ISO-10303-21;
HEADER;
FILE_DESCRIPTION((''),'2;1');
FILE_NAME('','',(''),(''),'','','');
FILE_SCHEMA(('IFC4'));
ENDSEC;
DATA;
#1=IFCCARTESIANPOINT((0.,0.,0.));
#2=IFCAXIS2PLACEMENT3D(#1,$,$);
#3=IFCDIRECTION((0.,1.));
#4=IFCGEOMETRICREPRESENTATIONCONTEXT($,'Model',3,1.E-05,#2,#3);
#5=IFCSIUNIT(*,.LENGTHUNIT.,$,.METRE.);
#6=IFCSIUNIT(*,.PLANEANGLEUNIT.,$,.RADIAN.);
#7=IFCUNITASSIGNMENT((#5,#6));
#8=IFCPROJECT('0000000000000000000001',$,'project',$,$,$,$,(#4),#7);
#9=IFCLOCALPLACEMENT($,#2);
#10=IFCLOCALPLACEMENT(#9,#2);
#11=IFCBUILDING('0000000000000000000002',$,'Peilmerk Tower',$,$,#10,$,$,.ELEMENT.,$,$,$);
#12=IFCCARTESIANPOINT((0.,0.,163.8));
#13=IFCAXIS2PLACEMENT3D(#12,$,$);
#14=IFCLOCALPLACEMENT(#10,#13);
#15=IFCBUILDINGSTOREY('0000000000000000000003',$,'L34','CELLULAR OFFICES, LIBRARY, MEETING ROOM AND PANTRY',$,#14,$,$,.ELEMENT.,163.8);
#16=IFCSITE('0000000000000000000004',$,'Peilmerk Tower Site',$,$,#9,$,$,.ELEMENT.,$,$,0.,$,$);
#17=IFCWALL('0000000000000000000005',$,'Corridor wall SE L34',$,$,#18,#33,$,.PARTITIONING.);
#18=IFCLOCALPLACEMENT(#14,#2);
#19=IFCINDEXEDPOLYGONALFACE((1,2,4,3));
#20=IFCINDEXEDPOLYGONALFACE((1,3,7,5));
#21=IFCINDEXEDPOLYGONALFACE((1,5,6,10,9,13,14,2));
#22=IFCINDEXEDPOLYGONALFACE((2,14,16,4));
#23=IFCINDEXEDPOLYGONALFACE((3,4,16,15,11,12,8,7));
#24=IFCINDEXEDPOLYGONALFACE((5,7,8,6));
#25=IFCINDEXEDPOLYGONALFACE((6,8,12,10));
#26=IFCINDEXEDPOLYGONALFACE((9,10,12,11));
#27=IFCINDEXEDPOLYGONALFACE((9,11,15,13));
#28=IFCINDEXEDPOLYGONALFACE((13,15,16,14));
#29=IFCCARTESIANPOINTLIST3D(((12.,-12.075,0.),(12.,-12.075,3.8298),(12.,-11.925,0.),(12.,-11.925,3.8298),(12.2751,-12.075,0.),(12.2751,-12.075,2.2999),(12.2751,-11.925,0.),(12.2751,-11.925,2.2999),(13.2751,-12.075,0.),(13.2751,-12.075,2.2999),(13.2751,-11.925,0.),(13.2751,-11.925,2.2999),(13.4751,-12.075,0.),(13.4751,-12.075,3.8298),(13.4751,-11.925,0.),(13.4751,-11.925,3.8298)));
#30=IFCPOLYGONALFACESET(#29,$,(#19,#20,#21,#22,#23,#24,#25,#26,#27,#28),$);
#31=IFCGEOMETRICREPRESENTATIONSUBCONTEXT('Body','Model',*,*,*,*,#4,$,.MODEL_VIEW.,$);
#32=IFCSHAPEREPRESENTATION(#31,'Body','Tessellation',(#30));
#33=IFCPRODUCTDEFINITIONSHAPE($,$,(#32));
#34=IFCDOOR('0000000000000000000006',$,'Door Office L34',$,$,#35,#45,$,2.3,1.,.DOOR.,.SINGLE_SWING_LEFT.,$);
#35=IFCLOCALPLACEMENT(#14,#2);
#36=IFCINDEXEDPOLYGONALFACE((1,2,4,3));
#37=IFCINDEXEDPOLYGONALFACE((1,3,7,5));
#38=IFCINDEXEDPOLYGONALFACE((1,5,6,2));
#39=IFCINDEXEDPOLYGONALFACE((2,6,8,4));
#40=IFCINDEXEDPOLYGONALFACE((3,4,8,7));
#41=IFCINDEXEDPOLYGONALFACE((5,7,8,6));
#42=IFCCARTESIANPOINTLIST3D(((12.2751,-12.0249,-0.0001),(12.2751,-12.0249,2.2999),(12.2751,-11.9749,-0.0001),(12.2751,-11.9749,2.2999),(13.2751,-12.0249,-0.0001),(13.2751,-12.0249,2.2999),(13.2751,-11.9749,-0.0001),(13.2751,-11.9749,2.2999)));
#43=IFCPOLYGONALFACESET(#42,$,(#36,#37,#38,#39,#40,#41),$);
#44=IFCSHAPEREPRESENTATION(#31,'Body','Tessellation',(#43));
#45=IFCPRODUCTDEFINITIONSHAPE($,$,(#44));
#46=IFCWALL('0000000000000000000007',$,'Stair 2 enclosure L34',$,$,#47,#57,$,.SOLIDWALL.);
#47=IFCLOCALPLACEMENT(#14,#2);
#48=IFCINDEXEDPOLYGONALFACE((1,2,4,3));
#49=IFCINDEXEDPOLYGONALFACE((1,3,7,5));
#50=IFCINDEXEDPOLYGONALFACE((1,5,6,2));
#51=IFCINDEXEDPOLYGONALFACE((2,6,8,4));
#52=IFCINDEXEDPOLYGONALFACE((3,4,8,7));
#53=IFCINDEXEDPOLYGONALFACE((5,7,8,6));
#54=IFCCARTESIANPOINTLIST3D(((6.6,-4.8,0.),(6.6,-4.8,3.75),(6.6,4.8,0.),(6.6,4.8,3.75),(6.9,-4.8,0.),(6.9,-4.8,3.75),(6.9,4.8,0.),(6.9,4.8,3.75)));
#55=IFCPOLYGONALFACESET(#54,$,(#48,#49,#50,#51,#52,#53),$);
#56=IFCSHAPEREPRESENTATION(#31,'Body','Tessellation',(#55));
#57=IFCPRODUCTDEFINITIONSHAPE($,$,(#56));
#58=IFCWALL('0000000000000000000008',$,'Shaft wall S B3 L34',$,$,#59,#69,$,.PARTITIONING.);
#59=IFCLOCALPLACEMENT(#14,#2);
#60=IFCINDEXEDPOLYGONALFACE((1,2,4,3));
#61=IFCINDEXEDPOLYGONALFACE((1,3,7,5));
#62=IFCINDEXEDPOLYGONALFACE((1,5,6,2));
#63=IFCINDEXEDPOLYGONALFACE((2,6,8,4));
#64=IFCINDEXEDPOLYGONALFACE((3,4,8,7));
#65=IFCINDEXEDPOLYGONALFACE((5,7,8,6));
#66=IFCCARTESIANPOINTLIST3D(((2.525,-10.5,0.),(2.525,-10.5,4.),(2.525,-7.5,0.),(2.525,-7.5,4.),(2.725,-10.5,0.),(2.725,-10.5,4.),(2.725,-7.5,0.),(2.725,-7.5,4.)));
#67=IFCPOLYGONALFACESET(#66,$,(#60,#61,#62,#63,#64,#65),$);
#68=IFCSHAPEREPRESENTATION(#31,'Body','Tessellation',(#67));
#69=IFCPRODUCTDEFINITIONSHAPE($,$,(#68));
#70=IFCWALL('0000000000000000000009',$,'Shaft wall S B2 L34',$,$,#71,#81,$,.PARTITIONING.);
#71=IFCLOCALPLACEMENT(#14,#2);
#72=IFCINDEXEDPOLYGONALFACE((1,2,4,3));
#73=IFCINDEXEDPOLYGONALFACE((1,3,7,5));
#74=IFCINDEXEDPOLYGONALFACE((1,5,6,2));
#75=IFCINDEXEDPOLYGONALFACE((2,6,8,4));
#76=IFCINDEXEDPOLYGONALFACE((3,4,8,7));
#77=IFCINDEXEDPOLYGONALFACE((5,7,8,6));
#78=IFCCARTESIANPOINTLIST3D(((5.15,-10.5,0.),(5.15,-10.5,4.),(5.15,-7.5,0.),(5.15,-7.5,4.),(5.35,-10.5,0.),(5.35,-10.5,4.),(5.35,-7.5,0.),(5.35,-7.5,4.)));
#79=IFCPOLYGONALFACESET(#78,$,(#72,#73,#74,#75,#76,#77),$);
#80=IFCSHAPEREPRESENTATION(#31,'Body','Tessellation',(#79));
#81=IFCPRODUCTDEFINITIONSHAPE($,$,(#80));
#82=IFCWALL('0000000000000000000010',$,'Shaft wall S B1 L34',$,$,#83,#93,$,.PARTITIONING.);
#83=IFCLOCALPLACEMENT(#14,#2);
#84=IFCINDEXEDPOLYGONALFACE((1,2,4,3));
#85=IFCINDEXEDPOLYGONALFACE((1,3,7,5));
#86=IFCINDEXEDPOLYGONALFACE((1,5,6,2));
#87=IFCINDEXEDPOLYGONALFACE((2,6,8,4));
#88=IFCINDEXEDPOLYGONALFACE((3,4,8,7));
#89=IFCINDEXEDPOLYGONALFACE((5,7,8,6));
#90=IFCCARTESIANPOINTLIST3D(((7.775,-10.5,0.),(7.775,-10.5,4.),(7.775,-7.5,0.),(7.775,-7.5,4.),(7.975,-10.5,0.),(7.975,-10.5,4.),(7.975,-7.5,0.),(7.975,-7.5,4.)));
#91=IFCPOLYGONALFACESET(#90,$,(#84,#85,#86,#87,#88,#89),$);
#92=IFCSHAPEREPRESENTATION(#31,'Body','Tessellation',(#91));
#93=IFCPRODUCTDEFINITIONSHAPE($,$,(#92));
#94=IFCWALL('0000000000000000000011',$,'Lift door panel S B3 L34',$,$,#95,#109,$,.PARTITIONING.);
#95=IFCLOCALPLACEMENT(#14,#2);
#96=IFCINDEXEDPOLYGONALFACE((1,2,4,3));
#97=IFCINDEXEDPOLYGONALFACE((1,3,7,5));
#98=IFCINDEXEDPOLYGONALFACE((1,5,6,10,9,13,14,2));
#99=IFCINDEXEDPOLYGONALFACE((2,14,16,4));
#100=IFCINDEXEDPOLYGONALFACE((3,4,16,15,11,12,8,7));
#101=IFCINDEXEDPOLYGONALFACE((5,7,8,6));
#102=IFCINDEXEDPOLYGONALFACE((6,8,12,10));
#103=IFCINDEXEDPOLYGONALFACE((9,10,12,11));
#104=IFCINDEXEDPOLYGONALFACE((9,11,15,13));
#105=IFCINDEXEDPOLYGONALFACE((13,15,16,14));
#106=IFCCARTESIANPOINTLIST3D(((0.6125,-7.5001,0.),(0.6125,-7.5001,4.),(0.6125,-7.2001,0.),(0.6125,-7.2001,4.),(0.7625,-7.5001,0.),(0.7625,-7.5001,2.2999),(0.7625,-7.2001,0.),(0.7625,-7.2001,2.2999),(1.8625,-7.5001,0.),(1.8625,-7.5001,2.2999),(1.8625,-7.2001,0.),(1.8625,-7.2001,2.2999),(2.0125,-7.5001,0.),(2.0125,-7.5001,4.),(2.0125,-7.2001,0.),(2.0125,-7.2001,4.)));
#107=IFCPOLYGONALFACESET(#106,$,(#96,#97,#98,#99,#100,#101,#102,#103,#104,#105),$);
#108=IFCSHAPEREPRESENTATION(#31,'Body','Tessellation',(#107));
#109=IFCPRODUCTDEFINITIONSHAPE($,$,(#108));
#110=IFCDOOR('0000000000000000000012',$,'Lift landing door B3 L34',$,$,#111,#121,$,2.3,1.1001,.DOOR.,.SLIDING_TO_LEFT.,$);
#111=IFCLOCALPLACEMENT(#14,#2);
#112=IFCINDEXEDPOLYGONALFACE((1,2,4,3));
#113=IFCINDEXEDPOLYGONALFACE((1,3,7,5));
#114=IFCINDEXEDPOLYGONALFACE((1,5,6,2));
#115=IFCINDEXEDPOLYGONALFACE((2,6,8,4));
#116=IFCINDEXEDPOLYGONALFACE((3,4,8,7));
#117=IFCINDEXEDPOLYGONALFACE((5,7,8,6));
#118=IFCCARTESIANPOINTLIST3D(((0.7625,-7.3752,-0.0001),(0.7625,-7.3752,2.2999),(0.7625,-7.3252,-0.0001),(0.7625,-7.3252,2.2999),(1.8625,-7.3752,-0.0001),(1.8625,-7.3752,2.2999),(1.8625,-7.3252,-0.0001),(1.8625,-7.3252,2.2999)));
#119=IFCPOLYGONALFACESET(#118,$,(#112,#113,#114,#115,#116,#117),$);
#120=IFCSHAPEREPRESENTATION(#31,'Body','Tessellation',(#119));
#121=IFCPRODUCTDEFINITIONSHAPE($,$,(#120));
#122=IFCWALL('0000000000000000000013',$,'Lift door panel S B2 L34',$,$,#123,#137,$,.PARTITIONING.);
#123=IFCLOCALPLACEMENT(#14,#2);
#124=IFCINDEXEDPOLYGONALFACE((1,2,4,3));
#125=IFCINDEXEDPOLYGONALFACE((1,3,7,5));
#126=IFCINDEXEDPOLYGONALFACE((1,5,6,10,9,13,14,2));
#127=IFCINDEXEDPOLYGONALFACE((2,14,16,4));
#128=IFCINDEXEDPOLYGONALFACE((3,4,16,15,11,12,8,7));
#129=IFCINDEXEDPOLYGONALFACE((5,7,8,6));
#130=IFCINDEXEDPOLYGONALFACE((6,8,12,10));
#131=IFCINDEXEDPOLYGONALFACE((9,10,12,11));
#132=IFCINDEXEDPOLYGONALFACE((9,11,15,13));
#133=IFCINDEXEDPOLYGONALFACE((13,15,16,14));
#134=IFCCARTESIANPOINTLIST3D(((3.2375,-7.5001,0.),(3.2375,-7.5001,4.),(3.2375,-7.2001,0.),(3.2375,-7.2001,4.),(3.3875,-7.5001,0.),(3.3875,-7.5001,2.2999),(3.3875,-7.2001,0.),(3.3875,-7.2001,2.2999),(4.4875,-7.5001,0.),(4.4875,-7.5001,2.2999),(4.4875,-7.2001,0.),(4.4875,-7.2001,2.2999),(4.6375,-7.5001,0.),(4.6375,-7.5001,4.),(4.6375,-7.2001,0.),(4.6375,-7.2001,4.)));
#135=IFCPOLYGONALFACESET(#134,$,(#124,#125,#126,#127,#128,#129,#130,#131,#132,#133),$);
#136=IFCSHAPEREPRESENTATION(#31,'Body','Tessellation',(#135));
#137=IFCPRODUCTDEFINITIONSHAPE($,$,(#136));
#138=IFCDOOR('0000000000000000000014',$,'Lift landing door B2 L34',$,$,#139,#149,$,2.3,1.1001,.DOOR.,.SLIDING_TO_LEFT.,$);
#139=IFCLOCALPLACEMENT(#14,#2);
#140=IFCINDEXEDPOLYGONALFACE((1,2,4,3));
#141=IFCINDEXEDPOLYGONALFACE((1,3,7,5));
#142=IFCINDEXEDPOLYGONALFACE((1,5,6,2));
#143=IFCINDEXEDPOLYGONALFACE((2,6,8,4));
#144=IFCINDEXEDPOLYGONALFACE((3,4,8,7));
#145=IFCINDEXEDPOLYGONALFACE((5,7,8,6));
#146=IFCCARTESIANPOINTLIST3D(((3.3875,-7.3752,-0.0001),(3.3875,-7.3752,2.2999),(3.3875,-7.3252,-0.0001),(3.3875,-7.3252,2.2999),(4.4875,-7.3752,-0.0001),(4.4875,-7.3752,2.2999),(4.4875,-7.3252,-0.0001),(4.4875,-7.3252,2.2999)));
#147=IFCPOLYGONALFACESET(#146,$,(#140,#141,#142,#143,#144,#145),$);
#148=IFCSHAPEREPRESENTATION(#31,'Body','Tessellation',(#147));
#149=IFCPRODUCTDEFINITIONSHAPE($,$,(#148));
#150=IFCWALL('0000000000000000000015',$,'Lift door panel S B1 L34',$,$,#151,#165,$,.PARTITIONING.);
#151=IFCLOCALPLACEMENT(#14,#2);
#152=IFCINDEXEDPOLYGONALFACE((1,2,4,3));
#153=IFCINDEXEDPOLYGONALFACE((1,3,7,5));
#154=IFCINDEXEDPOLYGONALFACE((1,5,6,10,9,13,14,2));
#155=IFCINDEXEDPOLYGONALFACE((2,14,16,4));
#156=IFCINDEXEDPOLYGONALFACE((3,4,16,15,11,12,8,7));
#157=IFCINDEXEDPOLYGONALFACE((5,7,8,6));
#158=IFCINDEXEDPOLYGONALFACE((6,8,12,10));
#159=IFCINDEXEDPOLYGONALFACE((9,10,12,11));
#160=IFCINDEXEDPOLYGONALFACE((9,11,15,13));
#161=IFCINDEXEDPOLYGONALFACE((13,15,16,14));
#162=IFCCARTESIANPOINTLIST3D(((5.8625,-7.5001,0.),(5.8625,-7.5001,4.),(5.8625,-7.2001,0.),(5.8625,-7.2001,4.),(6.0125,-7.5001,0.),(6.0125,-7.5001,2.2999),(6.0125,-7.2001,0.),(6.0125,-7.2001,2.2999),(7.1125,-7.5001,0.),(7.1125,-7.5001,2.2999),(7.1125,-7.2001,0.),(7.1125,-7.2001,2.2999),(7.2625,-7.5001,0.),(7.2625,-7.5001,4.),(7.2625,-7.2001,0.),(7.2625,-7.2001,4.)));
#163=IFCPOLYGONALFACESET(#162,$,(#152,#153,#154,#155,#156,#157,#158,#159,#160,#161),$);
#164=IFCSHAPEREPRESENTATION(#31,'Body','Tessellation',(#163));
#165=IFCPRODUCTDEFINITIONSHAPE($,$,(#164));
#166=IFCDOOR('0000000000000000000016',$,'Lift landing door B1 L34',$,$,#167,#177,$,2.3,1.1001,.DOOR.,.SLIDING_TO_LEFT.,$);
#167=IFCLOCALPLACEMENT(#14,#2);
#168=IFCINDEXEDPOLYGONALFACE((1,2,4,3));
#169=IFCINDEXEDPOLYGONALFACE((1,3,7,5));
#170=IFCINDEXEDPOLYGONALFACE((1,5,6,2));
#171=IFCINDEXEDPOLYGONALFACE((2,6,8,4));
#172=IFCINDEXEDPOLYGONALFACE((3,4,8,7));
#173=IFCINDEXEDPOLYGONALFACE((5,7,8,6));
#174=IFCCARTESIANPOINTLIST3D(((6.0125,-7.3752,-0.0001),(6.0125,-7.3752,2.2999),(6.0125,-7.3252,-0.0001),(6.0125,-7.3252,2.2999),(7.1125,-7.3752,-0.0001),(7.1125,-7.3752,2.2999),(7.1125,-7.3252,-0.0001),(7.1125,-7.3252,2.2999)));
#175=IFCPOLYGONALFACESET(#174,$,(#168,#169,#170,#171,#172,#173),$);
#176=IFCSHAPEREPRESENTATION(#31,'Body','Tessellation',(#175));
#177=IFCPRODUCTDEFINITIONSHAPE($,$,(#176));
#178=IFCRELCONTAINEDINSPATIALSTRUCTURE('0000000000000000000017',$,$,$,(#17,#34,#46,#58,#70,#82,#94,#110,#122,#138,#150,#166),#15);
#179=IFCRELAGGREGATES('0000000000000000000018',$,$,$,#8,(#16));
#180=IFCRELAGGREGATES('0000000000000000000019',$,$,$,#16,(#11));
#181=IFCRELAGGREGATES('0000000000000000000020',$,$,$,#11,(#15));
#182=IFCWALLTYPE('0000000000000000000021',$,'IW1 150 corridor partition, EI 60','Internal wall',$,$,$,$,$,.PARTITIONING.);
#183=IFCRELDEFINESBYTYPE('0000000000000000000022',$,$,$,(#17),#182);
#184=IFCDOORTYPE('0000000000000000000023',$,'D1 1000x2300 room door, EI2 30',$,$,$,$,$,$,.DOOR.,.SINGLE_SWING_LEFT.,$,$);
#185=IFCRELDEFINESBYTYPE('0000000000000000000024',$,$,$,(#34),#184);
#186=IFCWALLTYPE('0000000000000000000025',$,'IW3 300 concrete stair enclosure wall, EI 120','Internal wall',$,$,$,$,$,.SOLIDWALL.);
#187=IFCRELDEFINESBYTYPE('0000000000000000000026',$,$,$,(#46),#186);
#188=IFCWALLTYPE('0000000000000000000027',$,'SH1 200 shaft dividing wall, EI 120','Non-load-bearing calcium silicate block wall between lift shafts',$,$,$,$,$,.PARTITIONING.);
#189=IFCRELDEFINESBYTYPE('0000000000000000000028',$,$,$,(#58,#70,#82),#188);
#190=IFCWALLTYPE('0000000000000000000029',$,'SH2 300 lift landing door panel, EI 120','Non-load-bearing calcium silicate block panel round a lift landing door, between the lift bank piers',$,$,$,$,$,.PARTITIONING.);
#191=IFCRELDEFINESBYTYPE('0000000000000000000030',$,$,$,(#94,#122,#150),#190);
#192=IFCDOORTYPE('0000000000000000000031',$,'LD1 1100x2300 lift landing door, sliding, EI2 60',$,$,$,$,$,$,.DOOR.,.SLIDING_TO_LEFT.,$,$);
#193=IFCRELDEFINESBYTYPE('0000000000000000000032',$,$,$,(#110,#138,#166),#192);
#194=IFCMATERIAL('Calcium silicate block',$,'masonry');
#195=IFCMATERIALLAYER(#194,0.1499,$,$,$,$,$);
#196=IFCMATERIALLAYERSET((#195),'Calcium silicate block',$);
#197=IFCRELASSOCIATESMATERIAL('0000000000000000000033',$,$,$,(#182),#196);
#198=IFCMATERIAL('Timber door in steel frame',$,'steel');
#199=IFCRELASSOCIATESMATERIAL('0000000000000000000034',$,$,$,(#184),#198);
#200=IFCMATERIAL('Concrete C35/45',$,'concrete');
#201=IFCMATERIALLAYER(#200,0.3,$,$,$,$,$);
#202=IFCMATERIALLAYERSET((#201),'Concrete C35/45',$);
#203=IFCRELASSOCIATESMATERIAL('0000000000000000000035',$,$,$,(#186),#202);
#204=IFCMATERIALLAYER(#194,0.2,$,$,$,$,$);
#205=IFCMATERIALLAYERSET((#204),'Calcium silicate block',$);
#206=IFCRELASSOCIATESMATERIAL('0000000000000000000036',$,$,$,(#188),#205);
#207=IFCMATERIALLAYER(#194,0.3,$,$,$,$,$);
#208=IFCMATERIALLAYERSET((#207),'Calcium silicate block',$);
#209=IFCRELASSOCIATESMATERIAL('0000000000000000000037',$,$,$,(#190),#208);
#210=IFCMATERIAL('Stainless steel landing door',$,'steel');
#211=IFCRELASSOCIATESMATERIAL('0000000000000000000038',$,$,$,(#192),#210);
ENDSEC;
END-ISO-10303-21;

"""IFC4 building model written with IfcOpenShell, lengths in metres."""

from ifc_helpers import new_model, si_unit, direction, frame, frame_2d, origin, place, context, subcontext, project, spatial, rectangle, extrude, material, layer, layer_set, type_object, element, fill, save


model = new_model("IFC4")

# Units and contexts
model_context = context("Model", 3, precision=1e-05, world=origin(), true_north=direction((0.0, 1.0)))
body_context = subcontext(model_context, "Body", "Model", "MODEL_VIEW")
ifc_project = project(units=[si_unit("LENGTHUNIT", "METRE"), si_unit("PLANEANGLEUNIT", "RADIAN")], contexts=[model_context])

# Site, building, storey
site_placement = place(None, origin())
site = spatial("IfcSite", under=ifc_project, at=site_placement, Name="Peilmerk Tower Site", CompositionType="ELEMENT", RefElevation=0.0)
building_placement = place(site_placement, origin())
building = spatial("IfcBuilding", under=site, at=building_placement, Name="Peilmerk Tower", CompositionType="ELEMENT")
storey_placement = place(building_placement, frame((0.0, 0.0, 163.8)))
storey = spatial("IfcBuildingStorey", under=building, at=storey_placement, Name="L34", Description="CELLULAR OFFICES, LIBRARY, MEETING ROOM AND PANTRY", CompositionType="ELEMENT", Elevation=163.8)

# Wall, opening, door
ifc_material_1 = material(Name="Calcium silicate block", Category="masonry")
ifc_layer_1 = layer(ifc_material_1, 0.1499)
ifc_layer_set_1 = layer_set([ifc_layer_1], Name="Calcium silicate block")
wall_type_1 = type_object("IfcWallType", Name="IW1 150 corridor partition, EI 60", Description="Internal wall", PredefinedType="PARTITIONING", material=ifc_layer_set_1)
wall_1_placement = place(storey_placement, frame((13.4751, -12.0, 0.0), z_axis=(0.0, 0.0, 1.0), x_axis=(-1.0, 0.0, 0.0)))
wall_1 = element("IfcWall", 1, at=wall_1_placement, inside=storey, type_object=wall_type_1, Name="Corridor wall SE L34", PredefinedType="PARTITIONING", context=body_context, shape_type="SweptSolid", body=[
    extrude(rectangle(XDim=1.4751, YDim=0.1499, at=frame_2d((0.7375, 0.0))), origin(), (0.0, 0.0, 1.0), 3.8298),
])
opening_1_placement = place(wall_1_placement, frame((0.2, 0.0, 0.0)))
opening_1 = element("IfcOpeningElement", 2, at=opening_1_placement, cuts=wall_1, PredefinedType="OPENING", context=body_context, shape_type="SweptSolid", body=[
    extrude(rectangle(XDim=1.0, YDim=2.3, at=frame_2d((0.5, 1.1499))), frame((0.0, 0.085, 0.0), z_axis=(0.0, -1.0, 0.0), x_axis=(1.0, 0.0, 0.0)), (0.0, 0.0, 1.0), 0.1699),
])
ifc_material_2 = material(Name="Timber door in steel frame", Category="steel")
door_type_1 = type_object("IfcDoorType", Name="D1 1000x2300 room door, EI2 30", OperationType="SINGLE_SWING_LEFT", PredefinedType="DOOR", material=ifc_material_2)
door_1_placement = place(opening_1_placement, origin())
door_1 = element("IfcDoor", 3, at=door_1_placement, inside=storey, type_object=door_type_1, Name="Door Office L34", OperationType="SINGLE_SWING_LEFT", OverallHeight=2.3, OverallWidth=1.0, PredefinedType="DOOR", context=body_context, shape_type="SweptSolid", body=[
    extrude(rectangle(XDim=1.0, YDim=2.3, at=frame_2d((0.5, 1.1499))), frame((0.0, 0.0249, 0.0), z_axis=(0.0, -1.0, 0.0), x_axis=(1.0, 0.0, 0.0)), (0.0, 0.0, 1.0), 0.05),
])
fill(opening_1, door_1)

# Walls
ifc_material_3 = material(Name="Concrete C35/45", Category="concrete")
ifc_layer_2 = layer(ifc_material_3, 0.3)
ifc_layer_set_2 = layer_set([ifc_layer_2], Name="Concrete C35/45")
wall_type_2 = type_object("IfcWallType", Name="IW3 300 concrete stair enclosure wall, EI 120", Description="Internal wall", PredefinedType="SOLIDWALL", material=ifc_layer_set_2)
wall_2_placement = place(storey_placement, frame((6.75, -4.8, 0.0), z_axis=(0.0, 0.0, 1.0), x_axis=(0.0, 1.0, 0.0)))
element("IfcWall", 4, at=wall_2_placement, inside=storey, type_object=wall_type_2, Name="Stair 2 enclosure L34", PredefinedType="SOLIDWALL", context=body_context, shape_type="SweptSolid", body=[
    extrude(rectangle(XDim=9.6001, YDim=0.3, at=frame_2d((4.8, 0.0))), origin(), (0.0, 0.0, 1.0), 3.75),
])
ifc_layer_3 = layer(ifc_material_1, 0.2)
ifc_layer_set_3 = layer_set([ifc_layer_3], Name="Calcium silicate block")
wall_type_3 = type_object("IfcWallType", Name="SH1 200 shaft dividing wall, EI 120", Description="Non-load-bearing calcium silicate block wall between lift shafts", PredefinedType="PARTITIONING", material=ifc_layer_set_3)
for number, where, z_axis, x_axis, name in (
    (5, (2.625, -10.5, 0.0), (0.0, 0.0, 1.0), (0.0, 1.0, 0.0), "Shaft wall S B3 L34"),
    (6, (5.25, -10.5, 0.0), (0.0, 0.0, 1.0), (0.0, 1.0, 0.0), "Shaft wall S B2 L34"),
    (7, (7.875, -10.5, 0.0), (0.0, 0.0, 1.0), (0.0, 1.0, 0.0), "Shaft wall S B1 L34"),
):
    element("IfcWall", number, at=place(storey_placement, frame(where, z_axis=z_axis, x_axis=x_axis)), inside=storey, type_object=wall_type_3, Name=name, PredefinedType="PARTITIONING", context=body_context, shape_type="SweptSolid", body=[
        extrude(rectangle(XDim=3.0, YDim=0.2, at=frame_2d((1.5, 0.0))), origin(), (0.0, 0.0, 1.0), 4.0),
    ])

# Walls, openings, doors
ifc_layer_4 = layer(ifc_material_1, 0.3)
ifc_layer_set_4 = layer_set([ifc_layer_4], Name="Calcium silicate block")
wall_type_4 = type_object("IfcWallType", Name="SH2 300 lift landing door panel, EI 120", Description="Non-load-bearing calcium silicate block panel round a lift landing door, between the lift bank piers", PredefinedType="PARTITIONING", material=ifc_layer_set_4)
wall_3_placement = place(storey_placement, frame((0.6125, -7.3501, 0.0), z_axis=(0.0, 0.0, 1.0), x_axis=(1.0, 0.0, 0.0)))
wall_3 = element("IfcWall", 8, at=wall_3_placement, inside=storey, type_object=wall_type_4, Name="Lift door panel S B3 L34", PredefinedType="PARTITIONING", context=body_context, shape_type="SweptSolid", body=[
    extrude(rectangle(XDim=1.3999, YDim=0.3, at=frame_2d((0.7, 0.0))), origin(), (0.0, 0.0, 1.0), 4.0),
])
opening_2_placement = place(wall_3_placement, frame((0.1499, 0.0, 0.0)))
opening_2 = element("IfcOpeningElement", 9, at=opening_2_placement, cuts=wall_3, PredefinedType="OPENING", context=body_context, shape_type="SweptSolid", body=[
    extrude(rectangle(XDim=1.1001, YDim=2.3, at=frame_2d((0.55, 1.1499))), frame((0.0, 0.1599, 0.0), z_axis=(0.0, -1.0, 0.0), x_axis=(1.0, 0.0, 0.0)), (0.0, 0.0, 1.0), 0.3201),
])
ifc_material_4 = material(Name="Stainless steel landing door", Category="steel")
door_type_2 = type_object("IfcDoorType", Name="LD1 1100x2300 lift landing door, sliding, EI2 60", OperationType="SLIDING_TO_LEFT", PredefinedType="DOOR", material=ifc_material_4)
door_2_placement = place(opening_2_placement, origin())
door_2 = element("IfcDoor", 10, at=door_2_placement, inside=storey, type_object=door_type_2, Name="Lift landing door B3 L34", OperationType="SLIDING_TO_LEFT", OverallHeight=2.3, OverallWidth=1.1001, PredefinedType="DOOR", context=body_context, shape_type="SweptSolid", body=[
    extrude(rectangle(XDim=1.1001, YDim=2.3, at=frame_2d((0.55, 1.1499))), frame((0.0, 0.0249, 0.0), z_axis=(0.0, -1.0, 0.0), x_axis=(1.0, 0.0, 0.0)), (0.0, 0.0, 1.0), 0.05),
])
fill(opening_2, door_2)
wall_4_placement = place(storey_placement, frame((3.2375, -7.3501, 0.0), z_axis=(0.0, 0.0, 1.0), x_axis=(1.0, 0.0, 0.0)))
wall_4 = element("IfcWall", 11, at=wall_4_placement, inside=storey, type_object=wall_type_4, Name="Lift door panel S B2 L34", PredefinedType="PARTITIONING", context=body_context, shape_type="SweptSolid", body=[
    extrude(rectangle(XDim=1.3999, YDim=0.3, at=frame_2d((0.7, 0.0))), origin(), (0.0, 0.0, 1.0), 4.0),
])
opening_3_placement = place(wall_4_placement, frame((0.1499, 0.0, 0.0)))
opening_3 = element("IfcOpeningElement", 12, at=opening_3_placement, cuts=wall_4, PredefinedType="OPENING", context=body_context, shape_type="SweptSolid", body=[
    extrude(rectangle(XDim=1.1001, YDim=2.3, at=frame_2d((0.55, 1.1499))), frame((0.0, 0.1599, 0.0), z_axis=(0.0, -1.0, 0.0), x_axis=(1.0, 0.0, 0.0)), (0.0, 0.0, 1.0), 0.3201),
])
door_3_placement = place(opening_3_placement, origin())
door_3 = element("IfcDoor", 13, at=door_3_placement, inside=storey, type_object=door_type_2, Name="Lift landing door B2 L34", OperationType="SLIDING_TO_LEFT", OverallHeight=2.3, OverallWidth=1.1001, PredefinedType="DOOR", context=body_context, shape_type="SweptSolid", body=[
    extrude(rectangle(XDim=1.1001, YDim=2.3, at=frame_2d((0.55, 1.1499))), frame((0.0, 0.0249, 0.0), z_axis=(0.0, -1.0, 0.0), x_axis=(1.0, 0.0, 0.0)), (0.0, 0.0, 1.0), 0.05),
])
fill(opening_3, door_3)
wall_5_placement = place(storey_placement, frame((5.8625, -7.3501, 0.0), z_axis=(0.0, 0.0, 1.0), x_axis=(1.0, 0.0, 0.0)))
wall_5 = element("IfcWall", 14, at=wall_5_placement, inside=storey, type_object=wall_type_4, Name="Lift door panel S B1 L34", PredefinedType="PARTITIONING", context=body_context, shape_type="SweptSolid", body=[
    extrude(rectangle(XDim=1.3999, YDim=0.3, at=frame_2d((0.7, 0.0))), origin(), (0.0, 0.0, 1.0), 4.0),
])
opening_4_placement = place(wall_5_placement, frame((0.1499, 0.0, 0.0)))
opening_4 = element("IfcOpeningElement", 15, at=opening_4_placement, cuts=wall_5, PredefinedType="OPENING", context=body_context, shape_type="SweptSolid", body=[
    extrude(rectangle(XDim=1.1001, YDim=2.3, at=frame_2d((0.55, 1.1499))), frame((0.0, 0.1599, 0.0), z_axis=(0.0, -1.0, 0.0), x_axis=(1.0, 0.0, 0.0)), (0.0, 0.0, 1.0), 0.3201),
])
door_4_placement = place(opening_4_placement, origin())
door_4 = element("IfcDoor", 16, at=door_4_placement, inside=storey, type_object=door_type_2, Name="Lift landing door B1 L34", OperationType="SLIDING_TO_LEFT", OverallHeight=2.3, OverallWidth=1.1001, PredefinedType="DOOR", context=body_context, shape_type="SweptSolid", body=[
    extrude(rectangle(XDim=1.1001, YDim=2.3, at=frame_2d((0.55, 1.1499))), frame((0.0, 0.0249, 0.0), z_axis=(0.0, -1.0, 0.0), x_axis=(1.0, 0.0, 0.0)), (0.0, 0.0, 1.0), 0.05),
])
fill(opening_4, door_4)

save(model, "model.ifc")
